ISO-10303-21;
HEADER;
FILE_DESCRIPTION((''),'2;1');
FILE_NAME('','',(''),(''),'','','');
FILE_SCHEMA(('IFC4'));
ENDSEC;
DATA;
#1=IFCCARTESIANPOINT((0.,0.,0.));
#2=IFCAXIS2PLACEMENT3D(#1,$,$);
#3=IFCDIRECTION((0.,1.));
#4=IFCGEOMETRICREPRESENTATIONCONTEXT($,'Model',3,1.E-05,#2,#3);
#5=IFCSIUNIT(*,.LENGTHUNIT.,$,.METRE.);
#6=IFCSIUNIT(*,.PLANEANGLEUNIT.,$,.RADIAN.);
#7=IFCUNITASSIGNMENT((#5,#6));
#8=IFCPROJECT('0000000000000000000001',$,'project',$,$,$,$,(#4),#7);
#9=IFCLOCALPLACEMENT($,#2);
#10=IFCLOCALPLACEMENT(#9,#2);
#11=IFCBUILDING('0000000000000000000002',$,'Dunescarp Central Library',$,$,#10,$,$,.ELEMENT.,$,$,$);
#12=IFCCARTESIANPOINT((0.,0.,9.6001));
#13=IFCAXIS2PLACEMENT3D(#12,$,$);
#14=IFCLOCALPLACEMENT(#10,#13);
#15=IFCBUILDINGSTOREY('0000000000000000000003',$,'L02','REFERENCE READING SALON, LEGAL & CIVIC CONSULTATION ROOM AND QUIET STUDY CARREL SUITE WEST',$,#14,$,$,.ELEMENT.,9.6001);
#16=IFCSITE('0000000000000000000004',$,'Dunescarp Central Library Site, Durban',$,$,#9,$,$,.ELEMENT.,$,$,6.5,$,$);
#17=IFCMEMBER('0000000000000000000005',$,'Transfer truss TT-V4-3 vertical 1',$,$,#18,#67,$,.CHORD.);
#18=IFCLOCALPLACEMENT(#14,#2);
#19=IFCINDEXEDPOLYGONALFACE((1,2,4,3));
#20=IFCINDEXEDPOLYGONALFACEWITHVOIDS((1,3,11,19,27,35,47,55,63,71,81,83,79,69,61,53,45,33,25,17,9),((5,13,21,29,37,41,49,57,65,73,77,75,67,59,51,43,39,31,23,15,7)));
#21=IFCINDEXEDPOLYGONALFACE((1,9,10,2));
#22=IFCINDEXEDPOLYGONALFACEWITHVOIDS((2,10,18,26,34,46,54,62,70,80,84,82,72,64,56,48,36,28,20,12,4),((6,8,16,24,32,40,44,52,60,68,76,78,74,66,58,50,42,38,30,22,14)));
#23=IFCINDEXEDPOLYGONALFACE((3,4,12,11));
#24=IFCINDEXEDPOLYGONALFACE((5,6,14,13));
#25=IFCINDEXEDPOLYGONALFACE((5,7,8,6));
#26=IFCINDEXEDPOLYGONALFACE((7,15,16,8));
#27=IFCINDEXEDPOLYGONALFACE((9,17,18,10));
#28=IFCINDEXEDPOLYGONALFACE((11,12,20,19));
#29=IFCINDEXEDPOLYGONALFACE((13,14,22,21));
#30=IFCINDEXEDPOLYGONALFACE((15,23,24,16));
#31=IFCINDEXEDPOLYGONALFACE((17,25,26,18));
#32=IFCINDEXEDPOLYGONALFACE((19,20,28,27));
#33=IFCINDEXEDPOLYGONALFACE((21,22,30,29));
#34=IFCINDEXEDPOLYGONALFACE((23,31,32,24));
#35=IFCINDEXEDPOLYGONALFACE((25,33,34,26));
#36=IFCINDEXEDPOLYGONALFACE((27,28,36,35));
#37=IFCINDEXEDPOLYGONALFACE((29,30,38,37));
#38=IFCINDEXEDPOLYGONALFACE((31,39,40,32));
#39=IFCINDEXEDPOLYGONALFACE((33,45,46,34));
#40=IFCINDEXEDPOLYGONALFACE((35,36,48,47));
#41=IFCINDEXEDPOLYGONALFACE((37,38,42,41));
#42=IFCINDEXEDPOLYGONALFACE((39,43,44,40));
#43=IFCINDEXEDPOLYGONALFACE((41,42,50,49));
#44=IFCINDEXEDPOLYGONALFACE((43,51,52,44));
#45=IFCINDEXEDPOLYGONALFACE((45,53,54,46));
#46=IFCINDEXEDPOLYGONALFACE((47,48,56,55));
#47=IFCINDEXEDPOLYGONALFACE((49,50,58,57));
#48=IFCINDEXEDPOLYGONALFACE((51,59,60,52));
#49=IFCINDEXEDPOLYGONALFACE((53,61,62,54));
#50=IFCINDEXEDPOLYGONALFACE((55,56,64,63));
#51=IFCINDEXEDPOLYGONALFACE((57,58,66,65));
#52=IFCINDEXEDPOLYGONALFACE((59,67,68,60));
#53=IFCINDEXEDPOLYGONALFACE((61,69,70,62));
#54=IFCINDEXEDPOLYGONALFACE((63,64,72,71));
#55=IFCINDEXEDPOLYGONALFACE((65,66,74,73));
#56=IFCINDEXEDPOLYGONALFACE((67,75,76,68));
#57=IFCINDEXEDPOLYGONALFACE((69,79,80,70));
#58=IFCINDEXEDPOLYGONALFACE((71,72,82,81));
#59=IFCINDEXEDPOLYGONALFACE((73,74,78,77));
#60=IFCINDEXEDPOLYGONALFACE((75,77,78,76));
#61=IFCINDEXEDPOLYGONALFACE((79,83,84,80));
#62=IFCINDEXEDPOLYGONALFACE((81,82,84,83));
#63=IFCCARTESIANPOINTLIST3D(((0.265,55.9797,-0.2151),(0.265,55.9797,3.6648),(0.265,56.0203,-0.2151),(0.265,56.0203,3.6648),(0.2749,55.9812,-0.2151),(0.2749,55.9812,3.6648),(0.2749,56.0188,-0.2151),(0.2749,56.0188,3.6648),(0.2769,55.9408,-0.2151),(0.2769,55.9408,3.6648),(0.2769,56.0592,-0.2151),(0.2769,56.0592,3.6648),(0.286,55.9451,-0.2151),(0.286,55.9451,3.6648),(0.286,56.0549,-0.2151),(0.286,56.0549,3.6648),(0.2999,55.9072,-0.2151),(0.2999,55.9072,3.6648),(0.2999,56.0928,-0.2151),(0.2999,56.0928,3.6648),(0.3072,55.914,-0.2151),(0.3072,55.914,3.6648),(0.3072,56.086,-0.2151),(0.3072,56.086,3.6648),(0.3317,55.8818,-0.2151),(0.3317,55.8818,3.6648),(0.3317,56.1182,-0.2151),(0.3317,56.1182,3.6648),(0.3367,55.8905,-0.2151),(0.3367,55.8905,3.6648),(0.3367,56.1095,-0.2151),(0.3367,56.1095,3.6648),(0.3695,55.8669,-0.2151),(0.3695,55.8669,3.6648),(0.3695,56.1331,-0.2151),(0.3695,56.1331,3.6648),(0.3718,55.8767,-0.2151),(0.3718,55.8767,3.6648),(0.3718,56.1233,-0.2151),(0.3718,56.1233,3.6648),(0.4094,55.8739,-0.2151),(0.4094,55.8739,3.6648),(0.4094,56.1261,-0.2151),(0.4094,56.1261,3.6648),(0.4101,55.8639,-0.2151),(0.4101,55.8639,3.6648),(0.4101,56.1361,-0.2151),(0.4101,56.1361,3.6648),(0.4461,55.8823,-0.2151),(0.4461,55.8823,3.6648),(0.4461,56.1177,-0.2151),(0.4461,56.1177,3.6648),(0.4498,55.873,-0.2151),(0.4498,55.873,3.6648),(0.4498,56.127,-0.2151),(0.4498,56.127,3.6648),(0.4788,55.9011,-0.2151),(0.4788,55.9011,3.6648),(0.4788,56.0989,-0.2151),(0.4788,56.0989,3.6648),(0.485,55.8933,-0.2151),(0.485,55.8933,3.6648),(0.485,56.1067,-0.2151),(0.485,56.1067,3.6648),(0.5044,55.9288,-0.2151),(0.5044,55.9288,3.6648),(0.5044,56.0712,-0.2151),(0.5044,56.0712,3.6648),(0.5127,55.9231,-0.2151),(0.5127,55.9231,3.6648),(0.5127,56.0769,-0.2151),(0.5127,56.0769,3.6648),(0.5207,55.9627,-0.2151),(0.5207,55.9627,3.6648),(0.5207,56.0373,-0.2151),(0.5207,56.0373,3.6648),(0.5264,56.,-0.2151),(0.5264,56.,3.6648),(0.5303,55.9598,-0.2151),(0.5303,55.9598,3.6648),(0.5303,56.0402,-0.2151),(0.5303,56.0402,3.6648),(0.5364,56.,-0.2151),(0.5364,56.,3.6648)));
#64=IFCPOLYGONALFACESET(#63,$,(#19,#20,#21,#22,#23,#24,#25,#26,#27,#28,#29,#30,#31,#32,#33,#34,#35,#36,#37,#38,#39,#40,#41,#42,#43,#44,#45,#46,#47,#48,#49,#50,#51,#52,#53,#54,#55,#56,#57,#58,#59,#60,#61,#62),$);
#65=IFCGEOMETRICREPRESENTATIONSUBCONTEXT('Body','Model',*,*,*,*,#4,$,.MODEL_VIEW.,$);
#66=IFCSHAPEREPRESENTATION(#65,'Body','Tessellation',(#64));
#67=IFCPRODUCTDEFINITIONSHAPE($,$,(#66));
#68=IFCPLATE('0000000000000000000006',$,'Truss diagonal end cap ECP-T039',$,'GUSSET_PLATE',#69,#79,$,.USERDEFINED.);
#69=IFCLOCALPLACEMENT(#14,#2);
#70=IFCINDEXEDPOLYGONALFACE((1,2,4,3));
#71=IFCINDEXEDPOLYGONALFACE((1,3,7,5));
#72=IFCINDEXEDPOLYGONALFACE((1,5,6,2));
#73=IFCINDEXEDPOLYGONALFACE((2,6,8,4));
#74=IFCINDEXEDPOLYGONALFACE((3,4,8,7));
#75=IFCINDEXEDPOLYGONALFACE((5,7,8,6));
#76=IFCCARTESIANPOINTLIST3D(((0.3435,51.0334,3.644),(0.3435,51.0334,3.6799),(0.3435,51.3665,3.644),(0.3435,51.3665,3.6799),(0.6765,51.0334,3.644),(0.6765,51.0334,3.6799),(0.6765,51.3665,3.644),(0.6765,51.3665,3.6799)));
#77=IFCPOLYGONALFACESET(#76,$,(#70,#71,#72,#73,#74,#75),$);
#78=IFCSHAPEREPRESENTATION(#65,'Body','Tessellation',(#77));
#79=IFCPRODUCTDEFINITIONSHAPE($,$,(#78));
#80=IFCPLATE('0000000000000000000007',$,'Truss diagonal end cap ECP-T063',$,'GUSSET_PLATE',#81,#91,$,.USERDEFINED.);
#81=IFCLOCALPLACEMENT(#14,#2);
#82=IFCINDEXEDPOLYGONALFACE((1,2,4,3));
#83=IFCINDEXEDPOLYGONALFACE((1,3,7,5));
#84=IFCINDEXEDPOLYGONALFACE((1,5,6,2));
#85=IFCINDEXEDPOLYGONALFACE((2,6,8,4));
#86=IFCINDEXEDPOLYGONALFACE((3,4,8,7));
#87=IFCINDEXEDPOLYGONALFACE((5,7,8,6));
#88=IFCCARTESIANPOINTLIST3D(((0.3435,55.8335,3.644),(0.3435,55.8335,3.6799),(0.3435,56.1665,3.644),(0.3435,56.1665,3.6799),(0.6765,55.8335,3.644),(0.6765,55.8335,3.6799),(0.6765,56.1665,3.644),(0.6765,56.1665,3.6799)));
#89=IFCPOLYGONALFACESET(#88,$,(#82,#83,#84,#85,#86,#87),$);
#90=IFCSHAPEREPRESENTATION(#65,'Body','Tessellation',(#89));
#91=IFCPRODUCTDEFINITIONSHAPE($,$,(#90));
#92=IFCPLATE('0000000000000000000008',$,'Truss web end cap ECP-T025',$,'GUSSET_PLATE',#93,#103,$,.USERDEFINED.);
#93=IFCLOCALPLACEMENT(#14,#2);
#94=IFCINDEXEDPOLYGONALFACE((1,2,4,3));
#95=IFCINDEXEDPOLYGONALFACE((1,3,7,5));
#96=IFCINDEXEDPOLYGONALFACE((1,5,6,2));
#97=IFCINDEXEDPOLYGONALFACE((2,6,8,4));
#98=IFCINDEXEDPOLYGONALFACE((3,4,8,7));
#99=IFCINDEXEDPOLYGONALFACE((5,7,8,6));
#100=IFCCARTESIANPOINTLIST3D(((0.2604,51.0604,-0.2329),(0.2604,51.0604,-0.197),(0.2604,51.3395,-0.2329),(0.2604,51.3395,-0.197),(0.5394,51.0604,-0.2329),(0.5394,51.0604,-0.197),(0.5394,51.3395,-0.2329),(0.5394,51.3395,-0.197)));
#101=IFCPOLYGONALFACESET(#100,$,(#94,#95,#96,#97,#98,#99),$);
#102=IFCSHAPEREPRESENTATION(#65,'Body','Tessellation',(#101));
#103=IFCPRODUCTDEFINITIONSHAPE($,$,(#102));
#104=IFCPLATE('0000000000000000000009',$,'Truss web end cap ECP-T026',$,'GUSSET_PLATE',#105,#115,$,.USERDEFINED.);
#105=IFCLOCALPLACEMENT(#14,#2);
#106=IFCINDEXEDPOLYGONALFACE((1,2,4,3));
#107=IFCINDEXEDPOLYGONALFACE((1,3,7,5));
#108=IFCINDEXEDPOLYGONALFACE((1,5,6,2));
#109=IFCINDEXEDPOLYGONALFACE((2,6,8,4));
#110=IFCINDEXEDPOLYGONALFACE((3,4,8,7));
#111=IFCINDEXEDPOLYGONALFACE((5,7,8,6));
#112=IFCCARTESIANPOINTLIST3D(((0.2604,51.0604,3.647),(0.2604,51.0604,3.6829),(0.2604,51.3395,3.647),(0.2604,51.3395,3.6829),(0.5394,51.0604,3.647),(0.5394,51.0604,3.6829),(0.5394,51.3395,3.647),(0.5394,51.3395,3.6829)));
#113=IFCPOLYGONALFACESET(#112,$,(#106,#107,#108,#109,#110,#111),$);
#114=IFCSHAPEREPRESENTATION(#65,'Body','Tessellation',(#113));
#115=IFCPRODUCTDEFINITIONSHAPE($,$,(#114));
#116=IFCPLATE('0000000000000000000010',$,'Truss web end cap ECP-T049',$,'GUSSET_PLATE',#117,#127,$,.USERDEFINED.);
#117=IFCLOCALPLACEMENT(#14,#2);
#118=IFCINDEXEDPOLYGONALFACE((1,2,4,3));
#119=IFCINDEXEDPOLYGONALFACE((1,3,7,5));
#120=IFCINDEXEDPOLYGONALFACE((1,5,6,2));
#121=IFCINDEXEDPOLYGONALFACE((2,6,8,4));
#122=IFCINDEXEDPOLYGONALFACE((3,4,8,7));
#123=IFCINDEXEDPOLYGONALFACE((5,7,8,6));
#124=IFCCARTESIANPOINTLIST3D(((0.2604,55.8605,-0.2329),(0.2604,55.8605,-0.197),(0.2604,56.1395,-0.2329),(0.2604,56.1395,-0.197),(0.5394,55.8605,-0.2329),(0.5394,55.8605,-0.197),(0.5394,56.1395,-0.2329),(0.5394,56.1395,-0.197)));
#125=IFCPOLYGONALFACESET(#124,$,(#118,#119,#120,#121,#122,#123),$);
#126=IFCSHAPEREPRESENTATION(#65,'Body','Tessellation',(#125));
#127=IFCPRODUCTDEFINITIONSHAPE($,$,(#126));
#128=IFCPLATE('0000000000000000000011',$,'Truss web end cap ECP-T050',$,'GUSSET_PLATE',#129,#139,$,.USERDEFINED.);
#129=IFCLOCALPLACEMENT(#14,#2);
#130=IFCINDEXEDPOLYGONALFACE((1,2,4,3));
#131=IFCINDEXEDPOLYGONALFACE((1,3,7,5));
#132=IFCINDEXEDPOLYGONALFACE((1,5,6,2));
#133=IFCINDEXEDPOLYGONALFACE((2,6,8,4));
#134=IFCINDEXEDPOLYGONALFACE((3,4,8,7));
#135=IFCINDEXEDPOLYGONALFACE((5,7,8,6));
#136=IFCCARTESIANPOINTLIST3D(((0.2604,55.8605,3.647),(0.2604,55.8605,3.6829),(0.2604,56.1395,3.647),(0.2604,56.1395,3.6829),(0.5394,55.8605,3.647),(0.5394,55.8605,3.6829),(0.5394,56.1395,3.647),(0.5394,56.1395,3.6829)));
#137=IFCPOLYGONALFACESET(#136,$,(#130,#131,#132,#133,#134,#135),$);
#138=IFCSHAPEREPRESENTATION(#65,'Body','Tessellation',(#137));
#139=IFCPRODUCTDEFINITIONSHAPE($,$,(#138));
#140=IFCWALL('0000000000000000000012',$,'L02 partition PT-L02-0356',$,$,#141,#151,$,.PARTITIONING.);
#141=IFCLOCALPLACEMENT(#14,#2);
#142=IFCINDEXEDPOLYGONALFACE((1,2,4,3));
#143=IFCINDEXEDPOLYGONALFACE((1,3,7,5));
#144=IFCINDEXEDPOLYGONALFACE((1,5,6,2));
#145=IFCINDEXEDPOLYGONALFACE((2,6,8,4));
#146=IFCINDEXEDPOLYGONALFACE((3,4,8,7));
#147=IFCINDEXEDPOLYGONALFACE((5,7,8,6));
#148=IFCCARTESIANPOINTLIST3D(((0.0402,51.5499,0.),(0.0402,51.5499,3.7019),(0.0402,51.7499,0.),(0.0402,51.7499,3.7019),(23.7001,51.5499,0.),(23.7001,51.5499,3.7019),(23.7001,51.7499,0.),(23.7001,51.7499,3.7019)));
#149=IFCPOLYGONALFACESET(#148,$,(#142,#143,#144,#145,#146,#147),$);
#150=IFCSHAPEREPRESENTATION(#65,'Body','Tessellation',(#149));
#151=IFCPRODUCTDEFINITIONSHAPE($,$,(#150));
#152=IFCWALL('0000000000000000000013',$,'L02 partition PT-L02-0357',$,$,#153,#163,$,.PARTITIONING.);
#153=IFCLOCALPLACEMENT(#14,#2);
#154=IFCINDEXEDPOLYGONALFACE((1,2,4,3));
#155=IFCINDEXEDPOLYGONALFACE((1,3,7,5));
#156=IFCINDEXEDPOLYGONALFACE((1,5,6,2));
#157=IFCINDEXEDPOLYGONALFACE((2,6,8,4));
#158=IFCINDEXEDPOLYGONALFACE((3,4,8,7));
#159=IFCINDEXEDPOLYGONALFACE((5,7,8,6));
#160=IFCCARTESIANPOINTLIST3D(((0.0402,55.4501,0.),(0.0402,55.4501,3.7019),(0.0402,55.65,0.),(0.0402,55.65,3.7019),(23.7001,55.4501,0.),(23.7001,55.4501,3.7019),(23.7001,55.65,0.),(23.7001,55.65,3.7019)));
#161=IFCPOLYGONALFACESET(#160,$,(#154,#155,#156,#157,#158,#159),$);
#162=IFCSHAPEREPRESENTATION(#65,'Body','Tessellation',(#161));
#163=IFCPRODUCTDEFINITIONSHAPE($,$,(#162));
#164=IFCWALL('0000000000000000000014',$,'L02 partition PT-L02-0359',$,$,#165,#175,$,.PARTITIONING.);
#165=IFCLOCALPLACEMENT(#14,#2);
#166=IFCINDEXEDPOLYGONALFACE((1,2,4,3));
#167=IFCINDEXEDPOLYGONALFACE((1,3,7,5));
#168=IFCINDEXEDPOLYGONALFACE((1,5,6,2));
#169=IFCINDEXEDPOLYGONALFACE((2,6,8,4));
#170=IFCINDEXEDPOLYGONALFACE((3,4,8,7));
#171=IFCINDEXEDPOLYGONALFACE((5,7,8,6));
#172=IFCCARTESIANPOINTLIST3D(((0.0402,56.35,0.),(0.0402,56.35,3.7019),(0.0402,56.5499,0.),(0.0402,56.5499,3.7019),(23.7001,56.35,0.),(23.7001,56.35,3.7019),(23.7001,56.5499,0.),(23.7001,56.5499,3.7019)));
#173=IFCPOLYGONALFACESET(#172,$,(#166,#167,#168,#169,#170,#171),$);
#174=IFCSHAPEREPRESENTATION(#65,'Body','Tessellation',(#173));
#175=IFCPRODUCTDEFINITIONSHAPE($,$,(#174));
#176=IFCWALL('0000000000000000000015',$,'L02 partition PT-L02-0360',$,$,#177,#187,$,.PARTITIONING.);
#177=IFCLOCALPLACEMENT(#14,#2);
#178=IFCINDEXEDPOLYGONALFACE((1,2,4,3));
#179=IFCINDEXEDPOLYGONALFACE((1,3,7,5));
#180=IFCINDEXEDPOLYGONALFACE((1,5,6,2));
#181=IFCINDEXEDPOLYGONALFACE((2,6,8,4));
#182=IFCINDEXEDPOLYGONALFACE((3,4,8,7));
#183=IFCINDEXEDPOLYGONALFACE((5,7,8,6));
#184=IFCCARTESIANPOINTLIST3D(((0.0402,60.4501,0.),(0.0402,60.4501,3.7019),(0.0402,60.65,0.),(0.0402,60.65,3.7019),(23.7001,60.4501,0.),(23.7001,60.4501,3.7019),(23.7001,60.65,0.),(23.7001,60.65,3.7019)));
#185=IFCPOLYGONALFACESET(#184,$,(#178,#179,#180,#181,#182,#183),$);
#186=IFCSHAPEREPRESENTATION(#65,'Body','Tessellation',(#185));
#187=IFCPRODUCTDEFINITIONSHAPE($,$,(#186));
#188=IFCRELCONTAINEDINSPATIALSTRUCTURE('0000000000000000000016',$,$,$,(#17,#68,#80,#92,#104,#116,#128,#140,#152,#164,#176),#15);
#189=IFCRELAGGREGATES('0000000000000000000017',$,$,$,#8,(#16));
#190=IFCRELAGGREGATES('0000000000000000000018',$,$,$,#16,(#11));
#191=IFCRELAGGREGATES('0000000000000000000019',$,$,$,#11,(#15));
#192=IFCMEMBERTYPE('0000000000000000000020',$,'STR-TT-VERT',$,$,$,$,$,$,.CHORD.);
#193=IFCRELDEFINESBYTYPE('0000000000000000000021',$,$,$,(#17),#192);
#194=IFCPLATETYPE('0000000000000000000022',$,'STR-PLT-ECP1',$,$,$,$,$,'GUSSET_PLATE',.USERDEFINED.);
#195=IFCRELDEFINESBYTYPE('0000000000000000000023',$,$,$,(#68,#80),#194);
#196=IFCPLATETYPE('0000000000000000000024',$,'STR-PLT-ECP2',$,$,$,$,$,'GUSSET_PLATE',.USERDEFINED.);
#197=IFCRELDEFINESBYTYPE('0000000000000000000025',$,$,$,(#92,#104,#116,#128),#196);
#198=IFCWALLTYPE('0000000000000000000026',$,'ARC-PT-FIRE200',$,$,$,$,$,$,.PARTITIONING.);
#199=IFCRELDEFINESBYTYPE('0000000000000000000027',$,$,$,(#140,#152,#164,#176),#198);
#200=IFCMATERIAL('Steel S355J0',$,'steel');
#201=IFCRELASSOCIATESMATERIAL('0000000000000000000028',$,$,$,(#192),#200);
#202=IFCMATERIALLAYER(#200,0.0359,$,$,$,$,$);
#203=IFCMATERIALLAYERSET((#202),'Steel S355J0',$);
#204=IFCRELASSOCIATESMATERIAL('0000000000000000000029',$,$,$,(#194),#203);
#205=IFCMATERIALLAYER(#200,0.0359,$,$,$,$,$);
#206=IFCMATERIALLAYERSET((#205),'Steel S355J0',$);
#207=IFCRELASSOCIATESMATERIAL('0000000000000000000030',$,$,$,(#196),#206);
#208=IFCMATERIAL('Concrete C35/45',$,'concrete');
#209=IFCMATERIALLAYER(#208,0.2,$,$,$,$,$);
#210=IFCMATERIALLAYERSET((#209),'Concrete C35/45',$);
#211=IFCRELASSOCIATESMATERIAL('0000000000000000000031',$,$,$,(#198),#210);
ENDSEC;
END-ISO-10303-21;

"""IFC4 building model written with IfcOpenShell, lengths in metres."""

from ifc_helpers import new_model, si_unit, direction, frame, frame_2d, origin, origin_2d, place, context, subcontext, project, spatial, rectangle, hollow_circle, extrude, material, layer, layer_set, material_profile, profile_set, type_object, element, save


model = new_model("IFC4")

# Units and contexts
model_context = context("Model", 3, precision=1e-05, world=origin(), true_north=direction((0.0, 1.0)))
body_context = subcontext(model_context, "Body", "Model", "MODEL_VIEW")
ifc_project = project(units=[si_unit("LENGTHUNIT", "METRE"), si_unit("PLANEANGLEUNIT", "RADIAN")], contexts=[model_context])

# Site, building, storey
site_placement = place(None, origin())
site = spatial("IfcSite", under=ifc_project, at=site_placement, Name="Dunescarp Central Library Site, Durban", CompositionType="ELEMENT", RefElevation=6.5)
building_placement = place(site_placement, origin())
building = spatial("IfcBuilding", under=site, at=building_placement, Name="Dunescarp Central Library", CompositionType="ELEMENT")
storey_placement = place(building_placement, frame((0.0, 0.0, 9.6001)))
storey = spatial("IfcBuildingStorey", under=building, at=storey_placement, Name="L02", Description="REFERENCE READING SALON, LEGAL & CIVIC CONSULTATION ROOM AND QUIET STUDY CARREL SUITE WEST", CompositionType="ELEMENT", Elevation=9.6001)

# Shared definitions
ifc_material_1 = material(Name="Steel S355J0", Category="steel")

# Member
ifc_material_profile_1 = material_profile(ifc_material_1, hollow_circle(Radius=0.1365, WallThickness=0.01, at=origin_2d()), Name="CHS 273x10")
ifc_profile_set_1 = profile_set([ifc_material_profile_1], Name="Steel S355J0")
member_type_1 = type_object("IfcMemberType", Name="STR-TT-VERT", PredefinedType="CHORD", material=ifc_profile_set_1)
for number, where, z_axis, x_axis, name in (
    (1, (0.3999, 56.0, -0.2151), (0.0, 0.0, 1.0), (1.0, 0.0, 0.0), "Transfer truss TT-V4-3 vertical 1"),
):
    element("IfcMember", number, at=place(storey_placement, frame(where, z_axis=z_axis, x_axis=x_axis)), inside=storey, type_object=member_type_1, Name=name, PredefinedType="CHORD", context=body_context, shape_type="SweptSolid", body=[
        extrude(hollow_circle(Radius=0.1365, WallThickness=0.01, at=origin_2d()), origin(), (0.0, 0.0, 1.0), 3.8799),
    ])

# Plates
ifc_layer_1 = layer(ifc_material_1, 0.0359)
ifc_layer_set_1 = layer_set([ifc_layer_1], Name="Steel S355J0")
plate_type_1 = type_object("IfcPlateType", Name="STR-PLT-ECP1", ElementType="GUSSET_PLATE", PredefinedType="USERDEFINED", material=ifc_layer_set_1)
for number, where, z_axis, x_axis, name in (
    (2, (0.51, 51.2, 3.644), (0.0, 0.0, 1.0), (1.0, 0.0, 0.0), "Truss diagonal end cap ECP-T039"),
    (3, (0.51, 56.0, 3.644), (0.0, 0.0, 1.0), (1.0, 0.0, 0.0), "Truss diagonal end cap ECP-T063"),
):
    element("IfcPlate", number, at=place(storey_placement, frame(where, z_axis=z_axis, x_axis=x_axis)), inside=storey, type_object=plate_type_1, Name=name, ObjectType="GUSSET_PLATE", PredefinedType="USERDEFINED", context=body_context, shape_type="SweptSolid", body=[
        extrude(rectangle(XDim=0.333, YDim=0.333, at=origin_2d()), origin(), (0.0, 0.0, 1.0), 0.0359),
    ])
ifc_layer_2 = layer(ifc_material_1, 0.0359)
ifc_layer_set_2 = layer_set([ifc_layer_2], Name="Steel S355J0")
plate_type_2 = type_object("IfcPlateType", Name="STR-PLT-ECP2", ElementType="GUSSET_PLATE", PredefinedType="USERDEFINED", material=ifc_layer_set_2)
for number, where, z_axis, x_axis, name in (
    (4, (0.3999, 51.2, -0.2329), (0.0, 0.0, 1.0), (1.0, 0.0, 0.0), "Truss web end cap ECP-T025"),
    (5, (0.3999, 51.2, 3.647), (0.0, 0.0, 1.0), (1.0, 0.0, 0.0), "Truss web end cap ECP-T026"),
    (6, (0.3999, 56.0, -0.2329), (0.0, 0.0, 1.0), (1.0, 0.0, 0.0), "Truss web end cap ECP-T049"),
    (7, (0.3999, 56.0, 3.647), (0.0, 0.0, 1.0), (1.0, 0.0, 0.0), "Truss web end cap ECP-T050"),
):
    element("IfcPlate", number, at=place(storey_placement, frame(where, z_axis=z_axis, x_axis=x_axis)), inside=storey, type_object=plate_type_2, Name=name, ObjectType="GUSSET_PLATE", PredefinedType="USERDEFINED", context=body_context, shape_type="SweptSolid", body=[
        extrude(rectangle(XDim=0.2791, YDim=0.2791, at=origin_2d()), origin(), (0.0, 0.0, 1.0), 0.0359),
    ])

# Walls
ifc_material_2 = material(Name="Concrete C35/45", Category="concrete")
ifc_layer_3 = layer(ifc_material_2, 0.2)
ifc_layer_set_3 = layer_set([ifc_layer_3], Name="Concrete C35/45")
wall_type_1 = type_object("IfcWallType", Name="ARC-PT-FIRE200", PredefinedType="PARTITIONING", material=ifc_layer_set_3)
for number, where, z_axis, x_axis, name in (
    (8, (0.04, 51.6499, 0.0), (0.0, 0.0, 1.0), (1.0, 0.0, 0.0), "L02 partition PT-L02-0356"),
    (9, (0.04, 55.55, 0.0), (0.0, 0.0, 1.0), (1.0, 0.0, 0.0), "L02 partition PT-L02-0357"),
    (10, (0.04, 56.45, 0.0), (0.0, 0.0, 1.0), (1.0, 0.0, 0.0), "L02 partition PT-L02-0359"),
    (11, (0.04, 60.55, 0.0), (0.0, 0.0, 1.0), (1.0, 0.0, 0.0), "L02 partition PT-L02-0360"),
):
    element("IfcWall", number, at=place(storey_placement, frame(where, z_axis=z_axis, x_axis=x_axis)), inside=storey, type_object=wall_type_1, Name=name, PredefinedType="PARTITIONING", context=body_context, shape_type="SweptSolid", body=[
        extrude(rectangle(XDim=23.6599, YDim=0.2, at=frame_2d((11.8301, 0.0))), origin(), (0.0, 0.0, 1.0), 3.7019),
    ])

save(model, "model.ifc")
